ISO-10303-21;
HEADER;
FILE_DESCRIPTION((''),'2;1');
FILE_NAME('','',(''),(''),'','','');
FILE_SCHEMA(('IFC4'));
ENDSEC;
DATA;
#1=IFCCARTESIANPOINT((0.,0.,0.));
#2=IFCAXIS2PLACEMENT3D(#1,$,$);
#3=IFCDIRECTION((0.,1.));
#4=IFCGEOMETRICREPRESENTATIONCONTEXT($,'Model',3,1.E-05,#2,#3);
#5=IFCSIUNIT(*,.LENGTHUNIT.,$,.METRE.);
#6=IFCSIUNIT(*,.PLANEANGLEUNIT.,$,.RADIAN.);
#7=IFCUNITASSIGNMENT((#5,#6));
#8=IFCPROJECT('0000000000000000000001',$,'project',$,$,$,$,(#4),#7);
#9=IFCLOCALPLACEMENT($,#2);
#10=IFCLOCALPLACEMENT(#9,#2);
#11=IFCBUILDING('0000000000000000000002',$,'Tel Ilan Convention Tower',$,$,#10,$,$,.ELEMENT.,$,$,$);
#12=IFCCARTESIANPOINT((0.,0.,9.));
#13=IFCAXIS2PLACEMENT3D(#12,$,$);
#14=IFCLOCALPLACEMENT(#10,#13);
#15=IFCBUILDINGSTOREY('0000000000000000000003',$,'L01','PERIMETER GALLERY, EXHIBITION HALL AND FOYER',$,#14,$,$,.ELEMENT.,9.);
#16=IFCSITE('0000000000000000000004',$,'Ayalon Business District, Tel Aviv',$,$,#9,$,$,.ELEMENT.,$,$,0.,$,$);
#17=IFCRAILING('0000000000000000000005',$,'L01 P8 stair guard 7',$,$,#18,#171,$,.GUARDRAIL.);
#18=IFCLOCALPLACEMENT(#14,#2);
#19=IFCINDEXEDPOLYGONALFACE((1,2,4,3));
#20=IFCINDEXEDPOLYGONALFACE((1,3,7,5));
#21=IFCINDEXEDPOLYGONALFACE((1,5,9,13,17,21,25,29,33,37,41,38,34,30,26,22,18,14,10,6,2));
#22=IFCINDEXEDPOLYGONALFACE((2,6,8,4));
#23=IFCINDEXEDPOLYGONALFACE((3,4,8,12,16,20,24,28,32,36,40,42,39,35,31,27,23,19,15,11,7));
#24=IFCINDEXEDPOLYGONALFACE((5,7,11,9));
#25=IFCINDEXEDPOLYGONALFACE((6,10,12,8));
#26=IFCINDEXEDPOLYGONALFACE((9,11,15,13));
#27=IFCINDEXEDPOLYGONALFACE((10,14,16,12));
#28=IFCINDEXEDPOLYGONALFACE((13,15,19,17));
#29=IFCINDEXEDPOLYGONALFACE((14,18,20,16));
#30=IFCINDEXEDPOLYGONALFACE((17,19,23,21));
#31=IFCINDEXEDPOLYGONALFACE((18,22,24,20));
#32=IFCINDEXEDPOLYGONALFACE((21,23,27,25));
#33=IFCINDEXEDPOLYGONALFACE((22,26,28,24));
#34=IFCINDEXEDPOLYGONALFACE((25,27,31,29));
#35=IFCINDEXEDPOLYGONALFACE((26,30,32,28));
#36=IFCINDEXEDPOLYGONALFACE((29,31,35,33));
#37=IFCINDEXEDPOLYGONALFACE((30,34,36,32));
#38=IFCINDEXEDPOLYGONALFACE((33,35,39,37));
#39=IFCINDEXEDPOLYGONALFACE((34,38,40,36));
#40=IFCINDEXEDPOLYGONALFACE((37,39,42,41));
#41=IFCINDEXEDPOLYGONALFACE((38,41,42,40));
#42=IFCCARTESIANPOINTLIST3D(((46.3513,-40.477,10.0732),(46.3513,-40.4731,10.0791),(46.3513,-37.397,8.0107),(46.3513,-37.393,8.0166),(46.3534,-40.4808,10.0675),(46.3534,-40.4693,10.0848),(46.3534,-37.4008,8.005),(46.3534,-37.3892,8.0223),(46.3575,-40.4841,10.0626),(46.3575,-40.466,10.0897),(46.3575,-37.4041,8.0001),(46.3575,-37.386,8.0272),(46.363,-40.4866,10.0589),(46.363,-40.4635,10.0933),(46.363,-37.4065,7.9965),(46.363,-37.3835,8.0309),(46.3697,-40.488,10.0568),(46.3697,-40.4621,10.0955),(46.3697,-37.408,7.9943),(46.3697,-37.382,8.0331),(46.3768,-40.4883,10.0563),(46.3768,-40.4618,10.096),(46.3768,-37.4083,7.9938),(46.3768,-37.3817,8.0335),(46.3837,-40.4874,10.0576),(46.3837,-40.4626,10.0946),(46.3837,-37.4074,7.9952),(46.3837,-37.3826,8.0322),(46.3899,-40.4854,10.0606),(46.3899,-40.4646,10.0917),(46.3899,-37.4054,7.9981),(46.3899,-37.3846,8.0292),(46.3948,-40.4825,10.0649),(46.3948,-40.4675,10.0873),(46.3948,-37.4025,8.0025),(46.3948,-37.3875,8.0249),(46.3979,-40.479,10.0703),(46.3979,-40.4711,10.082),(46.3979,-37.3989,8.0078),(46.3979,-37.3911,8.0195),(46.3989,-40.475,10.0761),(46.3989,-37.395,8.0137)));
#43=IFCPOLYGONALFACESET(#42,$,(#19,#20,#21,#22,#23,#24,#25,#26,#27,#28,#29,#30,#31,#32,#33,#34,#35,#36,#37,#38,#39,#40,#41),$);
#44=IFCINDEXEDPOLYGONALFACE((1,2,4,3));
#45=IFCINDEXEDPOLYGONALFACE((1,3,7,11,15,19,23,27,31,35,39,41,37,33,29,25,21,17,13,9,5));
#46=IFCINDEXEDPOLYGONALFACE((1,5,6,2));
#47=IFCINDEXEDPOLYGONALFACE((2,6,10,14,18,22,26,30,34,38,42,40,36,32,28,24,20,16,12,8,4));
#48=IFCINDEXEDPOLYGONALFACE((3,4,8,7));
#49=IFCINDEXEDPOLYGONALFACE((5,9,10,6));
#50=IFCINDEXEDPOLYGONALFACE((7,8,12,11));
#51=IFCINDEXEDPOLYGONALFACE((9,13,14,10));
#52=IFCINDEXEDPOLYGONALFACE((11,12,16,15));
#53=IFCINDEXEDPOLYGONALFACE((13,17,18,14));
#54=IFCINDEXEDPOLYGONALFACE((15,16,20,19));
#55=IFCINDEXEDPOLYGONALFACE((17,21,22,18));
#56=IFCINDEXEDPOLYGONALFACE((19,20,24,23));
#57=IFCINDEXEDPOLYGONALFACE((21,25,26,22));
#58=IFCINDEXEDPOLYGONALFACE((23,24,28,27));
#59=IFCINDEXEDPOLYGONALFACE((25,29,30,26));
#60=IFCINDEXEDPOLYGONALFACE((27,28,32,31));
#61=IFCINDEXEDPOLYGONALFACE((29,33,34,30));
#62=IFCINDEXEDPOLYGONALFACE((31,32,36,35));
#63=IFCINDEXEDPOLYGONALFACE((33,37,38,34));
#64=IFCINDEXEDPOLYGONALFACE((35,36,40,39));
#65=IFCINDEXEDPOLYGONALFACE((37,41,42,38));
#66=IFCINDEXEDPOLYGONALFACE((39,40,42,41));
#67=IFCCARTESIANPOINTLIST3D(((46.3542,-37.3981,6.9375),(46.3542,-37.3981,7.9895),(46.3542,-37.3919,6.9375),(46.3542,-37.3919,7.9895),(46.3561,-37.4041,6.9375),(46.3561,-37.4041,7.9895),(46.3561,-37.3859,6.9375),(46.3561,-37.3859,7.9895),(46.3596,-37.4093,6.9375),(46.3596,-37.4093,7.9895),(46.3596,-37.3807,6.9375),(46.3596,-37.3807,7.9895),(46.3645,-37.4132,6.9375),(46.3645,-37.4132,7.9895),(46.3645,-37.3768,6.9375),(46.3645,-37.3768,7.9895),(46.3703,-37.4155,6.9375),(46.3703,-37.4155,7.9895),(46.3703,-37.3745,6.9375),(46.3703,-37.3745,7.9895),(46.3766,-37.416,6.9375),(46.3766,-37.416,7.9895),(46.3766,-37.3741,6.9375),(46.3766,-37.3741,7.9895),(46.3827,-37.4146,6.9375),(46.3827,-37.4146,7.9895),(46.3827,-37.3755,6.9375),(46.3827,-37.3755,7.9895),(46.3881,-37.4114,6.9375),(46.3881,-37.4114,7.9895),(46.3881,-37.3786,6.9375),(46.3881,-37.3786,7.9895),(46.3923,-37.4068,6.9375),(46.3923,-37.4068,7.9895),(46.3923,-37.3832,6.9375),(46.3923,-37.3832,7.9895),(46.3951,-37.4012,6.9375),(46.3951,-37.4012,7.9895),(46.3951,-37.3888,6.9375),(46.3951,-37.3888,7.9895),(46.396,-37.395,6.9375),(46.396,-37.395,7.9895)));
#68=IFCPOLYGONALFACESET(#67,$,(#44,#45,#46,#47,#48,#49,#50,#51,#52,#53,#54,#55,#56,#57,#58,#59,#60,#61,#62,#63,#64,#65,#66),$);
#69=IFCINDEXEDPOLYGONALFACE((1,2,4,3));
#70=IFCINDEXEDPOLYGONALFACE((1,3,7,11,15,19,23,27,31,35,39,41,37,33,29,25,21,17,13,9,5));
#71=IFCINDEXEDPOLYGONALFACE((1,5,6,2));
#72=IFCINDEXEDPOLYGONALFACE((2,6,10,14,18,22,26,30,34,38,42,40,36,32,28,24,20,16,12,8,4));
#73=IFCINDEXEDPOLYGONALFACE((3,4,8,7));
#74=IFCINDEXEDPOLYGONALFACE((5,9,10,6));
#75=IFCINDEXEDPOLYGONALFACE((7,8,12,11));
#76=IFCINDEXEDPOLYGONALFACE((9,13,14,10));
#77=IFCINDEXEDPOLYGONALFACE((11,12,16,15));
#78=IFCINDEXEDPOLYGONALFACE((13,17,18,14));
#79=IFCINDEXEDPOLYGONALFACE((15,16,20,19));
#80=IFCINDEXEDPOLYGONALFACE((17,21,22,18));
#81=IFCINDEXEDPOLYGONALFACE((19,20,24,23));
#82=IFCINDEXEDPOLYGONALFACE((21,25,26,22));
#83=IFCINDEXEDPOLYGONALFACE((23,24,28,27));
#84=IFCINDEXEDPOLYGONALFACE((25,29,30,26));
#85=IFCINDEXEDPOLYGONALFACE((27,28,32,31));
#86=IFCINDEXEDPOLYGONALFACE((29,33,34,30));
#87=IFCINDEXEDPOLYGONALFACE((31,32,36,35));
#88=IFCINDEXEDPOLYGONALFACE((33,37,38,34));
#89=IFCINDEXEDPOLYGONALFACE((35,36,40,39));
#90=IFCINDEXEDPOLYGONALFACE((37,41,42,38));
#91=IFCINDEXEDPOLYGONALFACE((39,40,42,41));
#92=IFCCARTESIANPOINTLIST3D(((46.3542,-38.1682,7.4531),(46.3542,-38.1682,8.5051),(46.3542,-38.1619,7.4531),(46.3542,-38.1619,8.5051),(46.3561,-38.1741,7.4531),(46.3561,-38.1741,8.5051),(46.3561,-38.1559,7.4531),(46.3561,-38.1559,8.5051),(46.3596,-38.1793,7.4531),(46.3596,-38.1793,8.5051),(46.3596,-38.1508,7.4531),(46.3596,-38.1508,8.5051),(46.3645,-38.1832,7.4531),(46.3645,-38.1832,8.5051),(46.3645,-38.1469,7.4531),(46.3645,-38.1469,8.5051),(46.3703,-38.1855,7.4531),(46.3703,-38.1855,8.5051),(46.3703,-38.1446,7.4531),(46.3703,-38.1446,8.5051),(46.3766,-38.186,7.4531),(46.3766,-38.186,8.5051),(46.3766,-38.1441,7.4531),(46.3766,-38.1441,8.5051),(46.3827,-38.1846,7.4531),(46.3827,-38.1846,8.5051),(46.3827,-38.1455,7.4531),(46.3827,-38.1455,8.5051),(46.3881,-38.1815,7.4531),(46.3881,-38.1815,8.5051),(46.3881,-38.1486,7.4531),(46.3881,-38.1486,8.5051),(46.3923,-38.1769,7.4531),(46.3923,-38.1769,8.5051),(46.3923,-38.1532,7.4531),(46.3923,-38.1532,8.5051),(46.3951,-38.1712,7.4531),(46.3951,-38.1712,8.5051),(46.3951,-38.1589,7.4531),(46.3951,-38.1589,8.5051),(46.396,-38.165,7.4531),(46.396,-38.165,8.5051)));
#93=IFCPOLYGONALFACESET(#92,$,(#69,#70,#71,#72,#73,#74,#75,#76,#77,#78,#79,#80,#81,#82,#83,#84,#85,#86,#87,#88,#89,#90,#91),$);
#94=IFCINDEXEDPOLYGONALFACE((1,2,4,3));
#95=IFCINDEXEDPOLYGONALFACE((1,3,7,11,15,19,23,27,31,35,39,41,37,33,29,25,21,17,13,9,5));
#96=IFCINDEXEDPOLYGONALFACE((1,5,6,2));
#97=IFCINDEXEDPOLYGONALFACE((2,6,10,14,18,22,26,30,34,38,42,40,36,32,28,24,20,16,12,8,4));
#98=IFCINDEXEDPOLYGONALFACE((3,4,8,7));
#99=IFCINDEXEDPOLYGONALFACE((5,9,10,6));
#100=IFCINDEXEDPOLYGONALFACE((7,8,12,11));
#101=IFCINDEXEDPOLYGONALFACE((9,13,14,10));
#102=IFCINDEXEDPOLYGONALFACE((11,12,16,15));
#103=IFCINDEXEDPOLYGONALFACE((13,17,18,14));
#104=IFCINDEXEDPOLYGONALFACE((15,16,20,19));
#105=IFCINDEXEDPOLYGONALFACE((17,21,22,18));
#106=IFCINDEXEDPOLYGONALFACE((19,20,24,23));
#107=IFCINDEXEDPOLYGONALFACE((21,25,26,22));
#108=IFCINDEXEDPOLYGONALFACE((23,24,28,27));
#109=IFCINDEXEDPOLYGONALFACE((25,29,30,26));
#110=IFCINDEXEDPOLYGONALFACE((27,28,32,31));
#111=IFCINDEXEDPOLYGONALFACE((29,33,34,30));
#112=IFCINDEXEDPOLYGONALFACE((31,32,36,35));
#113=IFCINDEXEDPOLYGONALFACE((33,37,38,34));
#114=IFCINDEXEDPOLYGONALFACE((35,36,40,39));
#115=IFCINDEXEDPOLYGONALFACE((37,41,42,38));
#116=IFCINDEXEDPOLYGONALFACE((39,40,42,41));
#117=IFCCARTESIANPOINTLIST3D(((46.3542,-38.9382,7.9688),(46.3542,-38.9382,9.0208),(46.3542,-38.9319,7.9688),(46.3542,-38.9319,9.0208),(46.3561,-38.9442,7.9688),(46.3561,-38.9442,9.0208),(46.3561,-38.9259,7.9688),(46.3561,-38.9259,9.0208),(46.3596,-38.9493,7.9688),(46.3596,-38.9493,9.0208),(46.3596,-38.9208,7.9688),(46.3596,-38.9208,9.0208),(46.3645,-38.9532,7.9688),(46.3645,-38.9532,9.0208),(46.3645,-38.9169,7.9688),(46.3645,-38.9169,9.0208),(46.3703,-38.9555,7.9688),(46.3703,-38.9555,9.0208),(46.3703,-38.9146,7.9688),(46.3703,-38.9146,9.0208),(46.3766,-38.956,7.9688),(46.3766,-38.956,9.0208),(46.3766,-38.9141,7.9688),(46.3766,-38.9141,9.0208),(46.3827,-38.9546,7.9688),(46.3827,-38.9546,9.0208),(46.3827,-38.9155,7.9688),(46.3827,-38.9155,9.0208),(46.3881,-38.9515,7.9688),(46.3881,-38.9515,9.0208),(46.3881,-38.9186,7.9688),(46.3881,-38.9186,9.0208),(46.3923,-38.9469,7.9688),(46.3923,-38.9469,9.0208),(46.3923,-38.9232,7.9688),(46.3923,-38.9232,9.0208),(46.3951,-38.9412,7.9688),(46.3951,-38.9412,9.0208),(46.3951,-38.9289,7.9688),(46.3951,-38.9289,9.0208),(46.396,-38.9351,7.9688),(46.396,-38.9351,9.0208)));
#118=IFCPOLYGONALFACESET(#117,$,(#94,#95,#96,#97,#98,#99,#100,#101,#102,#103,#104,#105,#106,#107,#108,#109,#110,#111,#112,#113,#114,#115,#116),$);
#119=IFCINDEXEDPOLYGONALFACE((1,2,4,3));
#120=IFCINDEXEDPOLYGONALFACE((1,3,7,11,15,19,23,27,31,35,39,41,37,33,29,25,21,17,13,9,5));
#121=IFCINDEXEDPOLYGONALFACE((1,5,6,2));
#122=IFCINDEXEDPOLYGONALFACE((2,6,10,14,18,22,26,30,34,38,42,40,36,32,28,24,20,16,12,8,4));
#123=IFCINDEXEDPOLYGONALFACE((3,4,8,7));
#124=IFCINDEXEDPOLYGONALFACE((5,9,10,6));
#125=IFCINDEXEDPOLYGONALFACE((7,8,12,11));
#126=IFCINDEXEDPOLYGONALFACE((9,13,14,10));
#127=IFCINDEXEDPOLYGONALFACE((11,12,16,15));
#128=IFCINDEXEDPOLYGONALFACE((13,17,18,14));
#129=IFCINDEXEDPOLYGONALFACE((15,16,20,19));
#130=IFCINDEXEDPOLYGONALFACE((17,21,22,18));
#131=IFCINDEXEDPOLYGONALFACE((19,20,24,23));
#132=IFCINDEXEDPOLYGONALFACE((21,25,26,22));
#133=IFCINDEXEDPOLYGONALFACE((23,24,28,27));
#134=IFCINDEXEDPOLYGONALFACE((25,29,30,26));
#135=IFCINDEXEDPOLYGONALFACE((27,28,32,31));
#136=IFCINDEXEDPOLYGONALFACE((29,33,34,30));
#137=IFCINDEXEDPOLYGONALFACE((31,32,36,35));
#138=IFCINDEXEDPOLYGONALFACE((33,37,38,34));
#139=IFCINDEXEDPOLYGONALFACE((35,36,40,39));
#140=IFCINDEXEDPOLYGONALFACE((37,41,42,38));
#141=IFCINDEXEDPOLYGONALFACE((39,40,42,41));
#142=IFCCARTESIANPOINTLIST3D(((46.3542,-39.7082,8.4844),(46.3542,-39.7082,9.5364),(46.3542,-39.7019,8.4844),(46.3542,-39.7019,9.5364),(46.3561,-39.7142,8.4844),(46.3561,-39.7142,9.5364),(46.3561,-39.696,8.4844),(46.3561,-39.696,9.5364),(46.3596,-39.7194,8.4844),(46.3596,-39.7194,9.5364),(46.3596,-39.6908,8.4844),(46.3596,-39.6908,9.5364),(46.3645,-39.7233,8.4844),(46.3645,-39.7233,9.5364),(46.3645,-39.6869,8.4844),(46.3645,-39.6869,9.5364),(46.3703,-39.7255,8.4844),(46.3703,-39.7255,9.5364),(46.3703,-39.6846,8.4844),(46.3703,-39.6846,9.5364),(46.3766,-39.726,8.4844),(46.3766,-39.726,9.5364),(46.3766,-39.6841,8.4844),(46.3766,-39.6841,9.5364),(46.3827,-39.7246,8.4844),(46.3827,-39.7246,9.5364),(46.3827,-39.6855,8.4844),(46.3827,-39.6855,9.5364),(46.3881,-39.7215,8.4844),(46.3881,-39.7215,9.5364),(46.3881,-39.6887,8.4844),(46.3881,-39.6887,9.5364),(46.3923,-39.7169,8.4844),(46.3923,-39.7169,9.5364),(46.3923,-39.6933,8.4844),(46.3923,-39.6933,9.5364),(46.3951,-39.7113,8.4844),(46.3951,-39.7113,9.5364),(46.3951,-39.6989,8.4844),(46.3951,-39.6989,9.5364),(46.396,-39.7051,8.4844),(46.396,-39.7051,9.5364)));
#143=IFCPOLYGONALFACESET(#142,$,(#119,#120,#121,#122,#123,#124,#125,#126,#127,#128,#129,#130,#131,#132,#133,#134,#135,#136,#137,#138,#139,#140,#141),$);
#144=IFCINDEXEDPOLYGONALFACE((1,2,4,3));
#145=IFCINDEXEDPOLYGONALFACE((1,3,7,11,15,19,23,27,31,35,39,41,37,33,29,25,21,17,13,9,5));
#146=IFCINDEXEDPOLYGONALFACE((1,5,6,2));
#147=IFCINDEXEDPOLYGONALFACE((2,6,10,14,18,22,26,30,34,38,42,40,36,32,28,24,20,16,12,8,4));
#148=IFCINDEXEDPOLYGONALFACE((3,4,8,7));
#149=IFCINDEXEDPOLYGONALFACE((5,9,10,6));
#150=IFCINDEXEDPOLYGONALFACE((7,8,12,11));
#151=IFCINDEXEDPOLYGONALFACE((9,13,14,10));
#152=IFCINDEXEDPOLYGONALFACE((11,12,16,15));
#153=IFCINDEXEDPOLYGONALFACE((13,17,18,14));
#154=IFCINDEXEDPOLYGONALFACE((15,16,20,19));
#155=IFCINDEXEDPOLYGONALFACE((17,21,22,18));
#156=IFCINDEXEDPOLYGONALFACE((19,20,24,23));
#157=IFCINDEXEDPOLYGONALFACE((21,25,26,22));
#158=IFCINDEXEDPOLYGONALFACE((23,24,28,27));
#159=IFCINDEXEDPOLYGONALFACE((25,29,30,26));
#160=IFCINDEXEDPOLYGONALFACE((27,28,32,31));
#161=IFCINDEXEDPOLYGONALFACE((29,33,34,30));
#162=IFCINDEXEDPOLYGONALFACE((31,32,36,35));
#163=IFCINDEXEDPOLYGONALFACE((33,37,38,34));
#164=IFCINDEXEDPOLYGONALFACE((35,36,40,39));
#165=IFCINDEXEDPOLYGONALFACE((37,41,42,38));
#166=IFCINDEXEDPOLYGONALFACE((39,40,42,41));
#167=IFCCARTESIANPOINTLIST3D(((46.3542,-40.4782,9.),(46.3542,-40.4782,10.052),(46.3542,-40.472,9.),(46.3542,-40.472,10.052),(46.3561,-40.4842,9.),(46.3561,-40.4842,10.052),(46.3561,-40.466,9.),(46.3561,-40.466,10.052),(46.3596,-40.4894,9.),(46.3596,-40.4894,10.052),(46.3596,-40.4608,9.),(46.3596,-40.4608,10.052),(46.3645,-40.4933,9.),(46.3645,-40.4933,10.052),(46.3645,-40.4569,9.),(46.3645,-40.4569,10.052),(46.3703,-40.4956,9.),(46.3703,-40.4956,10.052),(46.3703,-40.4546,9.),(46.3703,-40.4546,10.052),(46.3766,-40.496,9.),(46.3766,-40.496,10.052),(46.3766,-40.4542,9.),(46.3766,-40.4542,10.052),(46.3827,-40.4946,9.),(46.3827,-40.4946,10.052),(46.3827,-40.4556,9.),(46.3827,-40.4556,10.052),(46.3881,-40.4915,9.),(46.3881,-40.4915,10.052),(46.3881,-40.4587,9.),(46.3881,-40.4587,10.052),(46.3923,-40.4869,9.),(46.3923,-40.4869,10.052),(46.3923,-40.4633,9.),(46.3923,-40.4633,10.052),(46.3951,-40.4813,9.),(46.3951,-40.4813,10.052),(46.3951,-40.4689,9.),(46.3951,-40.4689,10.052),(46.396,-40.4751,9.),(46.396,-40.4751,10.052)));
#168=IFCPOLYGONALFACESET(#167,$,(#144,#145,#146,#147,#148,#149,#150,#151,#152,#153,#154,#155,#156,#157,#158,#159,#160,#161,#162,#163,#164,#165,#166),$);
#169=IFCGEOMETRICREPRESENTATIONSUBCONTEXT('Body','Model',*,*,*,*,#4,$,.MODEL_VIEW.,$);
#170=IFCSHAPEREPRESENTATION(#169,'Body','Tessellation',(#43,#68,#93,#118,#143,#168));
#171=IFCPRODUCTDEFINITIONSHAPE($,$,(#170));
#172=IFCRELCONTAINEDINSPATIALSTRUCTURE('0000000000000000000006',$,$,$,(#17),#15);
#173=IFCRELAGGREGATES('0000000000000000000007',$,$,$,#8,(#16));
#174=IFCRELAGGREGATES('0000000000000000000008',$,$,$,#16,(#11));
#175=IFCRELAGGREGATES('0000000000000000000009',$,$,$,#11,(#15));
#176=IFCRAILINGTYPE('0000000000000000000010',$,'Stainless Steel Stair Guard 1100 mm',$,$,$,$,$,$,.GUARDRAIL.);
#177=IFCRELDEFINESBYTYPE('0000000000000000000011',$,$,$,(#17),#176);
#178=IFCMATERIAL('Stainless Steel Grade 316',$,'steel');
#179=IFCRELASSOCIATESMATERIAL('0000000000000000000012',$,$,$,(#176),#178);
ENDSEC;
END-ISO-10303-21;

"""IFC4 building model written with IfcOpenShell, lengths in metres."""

from ifc_helpers import new_model, si_unit, direction, frame, origin, origin_2d, place, context, subcontext, project, spatial, circle, extrude, material, type_object, element, save


model = new_model("IFC4")

# Units and contexts
model_context = context("Model", 3, precision=1e-05, world=origin(), true_north=direction((0.0, 1.0)))
body_context = subcontext(model_context, "Body", "Model", "MODEL_VIEW")
ifc_project = project(units=[si_unit("LENGTHUNIT", "METRE"), si_unit("PLANEANGLEUNIT", "RADIAN")], contexts=[model_context])

# Site, building, storey
site_placement = place(None, origin())
site = spatial("IfcSite", under=ifc_project, at=site_placement, Name="Ayalon Business District, Tel Aviv", CompositionType="ELEMENT", RefElevation=0.0)
building_placement = place(site_placement, origin())
building = spatial("IfcBuilding", under=site, at=building_placement, Name="Tel Ilan Convention Tower", CompositionType="ELEMENT")
storey_placement = place(building_placement, frame((0.0, 0.0, 9.0)))
storey = spatial("IfcBuildingStorey", under=building, at=storey_placement, Name="L01", Description="PERIMETER GALLERY, EXHIBITION HALL AND FOYER", CompositionType="ELEMENT", Elevation=9.0)

# Railing
ifc_material_1 = material(Name="Stainless Steel Grade 316", Category="steel")
railing_type_1 = type_object("IfcRailingType", Name="Stainless Steel Stair Guard 1100 mm", PredefinedType="GUARDRAIL", material=ifc_material_1)
railing_1_placement = place(storey_placement, frame((46.375, -37.395, 6.9375)))
element("IfcRailing", 1, at=railing_1_placement, inside=storey, type_object=railing_type_1, Name="L01 P8 stair guard 7", PredefinedType="GUARDRAIL", context=body_context, shape_type="SweptSolid", body=[
    extrude(circle(Radius=0.0239, at=origin_2d()), frame((0.0, 0.0, 1.0762), z_axis=(0.0, -0.830914, 0.556401), x_axis=(1.0, 0.0, 0.0)), (0.0, 0.0, 1.0), 3.7068),
    extrude(circle(Radius=0.021, at=origin_2d()), origin(), (0.0, 0.0, 1.0), 1.052),
    extrude(circle(Radius=0.021, at=origin_2d()), frame((0.0, -0.77, 0.5156)), (0.0, 0.0, 1.0), 1.052),
    extrude(circle(Radius=0.021, at=origin_2d()), frame((0.0, -1.54, 1.0312)), (0.0, 0.0, 1.0), 1.052),
    extrude(circle(Radius=0.021, at=origin_2d()), frame((0.0, -2.3101, 1.5469)), (0.0, 0.0, 1.0), 1.052),
    extrude(circle(Radius=0.021, at=origin_2d()), frame((0.0, -3.0801, 2.0625)), (0.0, 0.0, 1.0), 1.052),
])

save(model, "model.ifc")
